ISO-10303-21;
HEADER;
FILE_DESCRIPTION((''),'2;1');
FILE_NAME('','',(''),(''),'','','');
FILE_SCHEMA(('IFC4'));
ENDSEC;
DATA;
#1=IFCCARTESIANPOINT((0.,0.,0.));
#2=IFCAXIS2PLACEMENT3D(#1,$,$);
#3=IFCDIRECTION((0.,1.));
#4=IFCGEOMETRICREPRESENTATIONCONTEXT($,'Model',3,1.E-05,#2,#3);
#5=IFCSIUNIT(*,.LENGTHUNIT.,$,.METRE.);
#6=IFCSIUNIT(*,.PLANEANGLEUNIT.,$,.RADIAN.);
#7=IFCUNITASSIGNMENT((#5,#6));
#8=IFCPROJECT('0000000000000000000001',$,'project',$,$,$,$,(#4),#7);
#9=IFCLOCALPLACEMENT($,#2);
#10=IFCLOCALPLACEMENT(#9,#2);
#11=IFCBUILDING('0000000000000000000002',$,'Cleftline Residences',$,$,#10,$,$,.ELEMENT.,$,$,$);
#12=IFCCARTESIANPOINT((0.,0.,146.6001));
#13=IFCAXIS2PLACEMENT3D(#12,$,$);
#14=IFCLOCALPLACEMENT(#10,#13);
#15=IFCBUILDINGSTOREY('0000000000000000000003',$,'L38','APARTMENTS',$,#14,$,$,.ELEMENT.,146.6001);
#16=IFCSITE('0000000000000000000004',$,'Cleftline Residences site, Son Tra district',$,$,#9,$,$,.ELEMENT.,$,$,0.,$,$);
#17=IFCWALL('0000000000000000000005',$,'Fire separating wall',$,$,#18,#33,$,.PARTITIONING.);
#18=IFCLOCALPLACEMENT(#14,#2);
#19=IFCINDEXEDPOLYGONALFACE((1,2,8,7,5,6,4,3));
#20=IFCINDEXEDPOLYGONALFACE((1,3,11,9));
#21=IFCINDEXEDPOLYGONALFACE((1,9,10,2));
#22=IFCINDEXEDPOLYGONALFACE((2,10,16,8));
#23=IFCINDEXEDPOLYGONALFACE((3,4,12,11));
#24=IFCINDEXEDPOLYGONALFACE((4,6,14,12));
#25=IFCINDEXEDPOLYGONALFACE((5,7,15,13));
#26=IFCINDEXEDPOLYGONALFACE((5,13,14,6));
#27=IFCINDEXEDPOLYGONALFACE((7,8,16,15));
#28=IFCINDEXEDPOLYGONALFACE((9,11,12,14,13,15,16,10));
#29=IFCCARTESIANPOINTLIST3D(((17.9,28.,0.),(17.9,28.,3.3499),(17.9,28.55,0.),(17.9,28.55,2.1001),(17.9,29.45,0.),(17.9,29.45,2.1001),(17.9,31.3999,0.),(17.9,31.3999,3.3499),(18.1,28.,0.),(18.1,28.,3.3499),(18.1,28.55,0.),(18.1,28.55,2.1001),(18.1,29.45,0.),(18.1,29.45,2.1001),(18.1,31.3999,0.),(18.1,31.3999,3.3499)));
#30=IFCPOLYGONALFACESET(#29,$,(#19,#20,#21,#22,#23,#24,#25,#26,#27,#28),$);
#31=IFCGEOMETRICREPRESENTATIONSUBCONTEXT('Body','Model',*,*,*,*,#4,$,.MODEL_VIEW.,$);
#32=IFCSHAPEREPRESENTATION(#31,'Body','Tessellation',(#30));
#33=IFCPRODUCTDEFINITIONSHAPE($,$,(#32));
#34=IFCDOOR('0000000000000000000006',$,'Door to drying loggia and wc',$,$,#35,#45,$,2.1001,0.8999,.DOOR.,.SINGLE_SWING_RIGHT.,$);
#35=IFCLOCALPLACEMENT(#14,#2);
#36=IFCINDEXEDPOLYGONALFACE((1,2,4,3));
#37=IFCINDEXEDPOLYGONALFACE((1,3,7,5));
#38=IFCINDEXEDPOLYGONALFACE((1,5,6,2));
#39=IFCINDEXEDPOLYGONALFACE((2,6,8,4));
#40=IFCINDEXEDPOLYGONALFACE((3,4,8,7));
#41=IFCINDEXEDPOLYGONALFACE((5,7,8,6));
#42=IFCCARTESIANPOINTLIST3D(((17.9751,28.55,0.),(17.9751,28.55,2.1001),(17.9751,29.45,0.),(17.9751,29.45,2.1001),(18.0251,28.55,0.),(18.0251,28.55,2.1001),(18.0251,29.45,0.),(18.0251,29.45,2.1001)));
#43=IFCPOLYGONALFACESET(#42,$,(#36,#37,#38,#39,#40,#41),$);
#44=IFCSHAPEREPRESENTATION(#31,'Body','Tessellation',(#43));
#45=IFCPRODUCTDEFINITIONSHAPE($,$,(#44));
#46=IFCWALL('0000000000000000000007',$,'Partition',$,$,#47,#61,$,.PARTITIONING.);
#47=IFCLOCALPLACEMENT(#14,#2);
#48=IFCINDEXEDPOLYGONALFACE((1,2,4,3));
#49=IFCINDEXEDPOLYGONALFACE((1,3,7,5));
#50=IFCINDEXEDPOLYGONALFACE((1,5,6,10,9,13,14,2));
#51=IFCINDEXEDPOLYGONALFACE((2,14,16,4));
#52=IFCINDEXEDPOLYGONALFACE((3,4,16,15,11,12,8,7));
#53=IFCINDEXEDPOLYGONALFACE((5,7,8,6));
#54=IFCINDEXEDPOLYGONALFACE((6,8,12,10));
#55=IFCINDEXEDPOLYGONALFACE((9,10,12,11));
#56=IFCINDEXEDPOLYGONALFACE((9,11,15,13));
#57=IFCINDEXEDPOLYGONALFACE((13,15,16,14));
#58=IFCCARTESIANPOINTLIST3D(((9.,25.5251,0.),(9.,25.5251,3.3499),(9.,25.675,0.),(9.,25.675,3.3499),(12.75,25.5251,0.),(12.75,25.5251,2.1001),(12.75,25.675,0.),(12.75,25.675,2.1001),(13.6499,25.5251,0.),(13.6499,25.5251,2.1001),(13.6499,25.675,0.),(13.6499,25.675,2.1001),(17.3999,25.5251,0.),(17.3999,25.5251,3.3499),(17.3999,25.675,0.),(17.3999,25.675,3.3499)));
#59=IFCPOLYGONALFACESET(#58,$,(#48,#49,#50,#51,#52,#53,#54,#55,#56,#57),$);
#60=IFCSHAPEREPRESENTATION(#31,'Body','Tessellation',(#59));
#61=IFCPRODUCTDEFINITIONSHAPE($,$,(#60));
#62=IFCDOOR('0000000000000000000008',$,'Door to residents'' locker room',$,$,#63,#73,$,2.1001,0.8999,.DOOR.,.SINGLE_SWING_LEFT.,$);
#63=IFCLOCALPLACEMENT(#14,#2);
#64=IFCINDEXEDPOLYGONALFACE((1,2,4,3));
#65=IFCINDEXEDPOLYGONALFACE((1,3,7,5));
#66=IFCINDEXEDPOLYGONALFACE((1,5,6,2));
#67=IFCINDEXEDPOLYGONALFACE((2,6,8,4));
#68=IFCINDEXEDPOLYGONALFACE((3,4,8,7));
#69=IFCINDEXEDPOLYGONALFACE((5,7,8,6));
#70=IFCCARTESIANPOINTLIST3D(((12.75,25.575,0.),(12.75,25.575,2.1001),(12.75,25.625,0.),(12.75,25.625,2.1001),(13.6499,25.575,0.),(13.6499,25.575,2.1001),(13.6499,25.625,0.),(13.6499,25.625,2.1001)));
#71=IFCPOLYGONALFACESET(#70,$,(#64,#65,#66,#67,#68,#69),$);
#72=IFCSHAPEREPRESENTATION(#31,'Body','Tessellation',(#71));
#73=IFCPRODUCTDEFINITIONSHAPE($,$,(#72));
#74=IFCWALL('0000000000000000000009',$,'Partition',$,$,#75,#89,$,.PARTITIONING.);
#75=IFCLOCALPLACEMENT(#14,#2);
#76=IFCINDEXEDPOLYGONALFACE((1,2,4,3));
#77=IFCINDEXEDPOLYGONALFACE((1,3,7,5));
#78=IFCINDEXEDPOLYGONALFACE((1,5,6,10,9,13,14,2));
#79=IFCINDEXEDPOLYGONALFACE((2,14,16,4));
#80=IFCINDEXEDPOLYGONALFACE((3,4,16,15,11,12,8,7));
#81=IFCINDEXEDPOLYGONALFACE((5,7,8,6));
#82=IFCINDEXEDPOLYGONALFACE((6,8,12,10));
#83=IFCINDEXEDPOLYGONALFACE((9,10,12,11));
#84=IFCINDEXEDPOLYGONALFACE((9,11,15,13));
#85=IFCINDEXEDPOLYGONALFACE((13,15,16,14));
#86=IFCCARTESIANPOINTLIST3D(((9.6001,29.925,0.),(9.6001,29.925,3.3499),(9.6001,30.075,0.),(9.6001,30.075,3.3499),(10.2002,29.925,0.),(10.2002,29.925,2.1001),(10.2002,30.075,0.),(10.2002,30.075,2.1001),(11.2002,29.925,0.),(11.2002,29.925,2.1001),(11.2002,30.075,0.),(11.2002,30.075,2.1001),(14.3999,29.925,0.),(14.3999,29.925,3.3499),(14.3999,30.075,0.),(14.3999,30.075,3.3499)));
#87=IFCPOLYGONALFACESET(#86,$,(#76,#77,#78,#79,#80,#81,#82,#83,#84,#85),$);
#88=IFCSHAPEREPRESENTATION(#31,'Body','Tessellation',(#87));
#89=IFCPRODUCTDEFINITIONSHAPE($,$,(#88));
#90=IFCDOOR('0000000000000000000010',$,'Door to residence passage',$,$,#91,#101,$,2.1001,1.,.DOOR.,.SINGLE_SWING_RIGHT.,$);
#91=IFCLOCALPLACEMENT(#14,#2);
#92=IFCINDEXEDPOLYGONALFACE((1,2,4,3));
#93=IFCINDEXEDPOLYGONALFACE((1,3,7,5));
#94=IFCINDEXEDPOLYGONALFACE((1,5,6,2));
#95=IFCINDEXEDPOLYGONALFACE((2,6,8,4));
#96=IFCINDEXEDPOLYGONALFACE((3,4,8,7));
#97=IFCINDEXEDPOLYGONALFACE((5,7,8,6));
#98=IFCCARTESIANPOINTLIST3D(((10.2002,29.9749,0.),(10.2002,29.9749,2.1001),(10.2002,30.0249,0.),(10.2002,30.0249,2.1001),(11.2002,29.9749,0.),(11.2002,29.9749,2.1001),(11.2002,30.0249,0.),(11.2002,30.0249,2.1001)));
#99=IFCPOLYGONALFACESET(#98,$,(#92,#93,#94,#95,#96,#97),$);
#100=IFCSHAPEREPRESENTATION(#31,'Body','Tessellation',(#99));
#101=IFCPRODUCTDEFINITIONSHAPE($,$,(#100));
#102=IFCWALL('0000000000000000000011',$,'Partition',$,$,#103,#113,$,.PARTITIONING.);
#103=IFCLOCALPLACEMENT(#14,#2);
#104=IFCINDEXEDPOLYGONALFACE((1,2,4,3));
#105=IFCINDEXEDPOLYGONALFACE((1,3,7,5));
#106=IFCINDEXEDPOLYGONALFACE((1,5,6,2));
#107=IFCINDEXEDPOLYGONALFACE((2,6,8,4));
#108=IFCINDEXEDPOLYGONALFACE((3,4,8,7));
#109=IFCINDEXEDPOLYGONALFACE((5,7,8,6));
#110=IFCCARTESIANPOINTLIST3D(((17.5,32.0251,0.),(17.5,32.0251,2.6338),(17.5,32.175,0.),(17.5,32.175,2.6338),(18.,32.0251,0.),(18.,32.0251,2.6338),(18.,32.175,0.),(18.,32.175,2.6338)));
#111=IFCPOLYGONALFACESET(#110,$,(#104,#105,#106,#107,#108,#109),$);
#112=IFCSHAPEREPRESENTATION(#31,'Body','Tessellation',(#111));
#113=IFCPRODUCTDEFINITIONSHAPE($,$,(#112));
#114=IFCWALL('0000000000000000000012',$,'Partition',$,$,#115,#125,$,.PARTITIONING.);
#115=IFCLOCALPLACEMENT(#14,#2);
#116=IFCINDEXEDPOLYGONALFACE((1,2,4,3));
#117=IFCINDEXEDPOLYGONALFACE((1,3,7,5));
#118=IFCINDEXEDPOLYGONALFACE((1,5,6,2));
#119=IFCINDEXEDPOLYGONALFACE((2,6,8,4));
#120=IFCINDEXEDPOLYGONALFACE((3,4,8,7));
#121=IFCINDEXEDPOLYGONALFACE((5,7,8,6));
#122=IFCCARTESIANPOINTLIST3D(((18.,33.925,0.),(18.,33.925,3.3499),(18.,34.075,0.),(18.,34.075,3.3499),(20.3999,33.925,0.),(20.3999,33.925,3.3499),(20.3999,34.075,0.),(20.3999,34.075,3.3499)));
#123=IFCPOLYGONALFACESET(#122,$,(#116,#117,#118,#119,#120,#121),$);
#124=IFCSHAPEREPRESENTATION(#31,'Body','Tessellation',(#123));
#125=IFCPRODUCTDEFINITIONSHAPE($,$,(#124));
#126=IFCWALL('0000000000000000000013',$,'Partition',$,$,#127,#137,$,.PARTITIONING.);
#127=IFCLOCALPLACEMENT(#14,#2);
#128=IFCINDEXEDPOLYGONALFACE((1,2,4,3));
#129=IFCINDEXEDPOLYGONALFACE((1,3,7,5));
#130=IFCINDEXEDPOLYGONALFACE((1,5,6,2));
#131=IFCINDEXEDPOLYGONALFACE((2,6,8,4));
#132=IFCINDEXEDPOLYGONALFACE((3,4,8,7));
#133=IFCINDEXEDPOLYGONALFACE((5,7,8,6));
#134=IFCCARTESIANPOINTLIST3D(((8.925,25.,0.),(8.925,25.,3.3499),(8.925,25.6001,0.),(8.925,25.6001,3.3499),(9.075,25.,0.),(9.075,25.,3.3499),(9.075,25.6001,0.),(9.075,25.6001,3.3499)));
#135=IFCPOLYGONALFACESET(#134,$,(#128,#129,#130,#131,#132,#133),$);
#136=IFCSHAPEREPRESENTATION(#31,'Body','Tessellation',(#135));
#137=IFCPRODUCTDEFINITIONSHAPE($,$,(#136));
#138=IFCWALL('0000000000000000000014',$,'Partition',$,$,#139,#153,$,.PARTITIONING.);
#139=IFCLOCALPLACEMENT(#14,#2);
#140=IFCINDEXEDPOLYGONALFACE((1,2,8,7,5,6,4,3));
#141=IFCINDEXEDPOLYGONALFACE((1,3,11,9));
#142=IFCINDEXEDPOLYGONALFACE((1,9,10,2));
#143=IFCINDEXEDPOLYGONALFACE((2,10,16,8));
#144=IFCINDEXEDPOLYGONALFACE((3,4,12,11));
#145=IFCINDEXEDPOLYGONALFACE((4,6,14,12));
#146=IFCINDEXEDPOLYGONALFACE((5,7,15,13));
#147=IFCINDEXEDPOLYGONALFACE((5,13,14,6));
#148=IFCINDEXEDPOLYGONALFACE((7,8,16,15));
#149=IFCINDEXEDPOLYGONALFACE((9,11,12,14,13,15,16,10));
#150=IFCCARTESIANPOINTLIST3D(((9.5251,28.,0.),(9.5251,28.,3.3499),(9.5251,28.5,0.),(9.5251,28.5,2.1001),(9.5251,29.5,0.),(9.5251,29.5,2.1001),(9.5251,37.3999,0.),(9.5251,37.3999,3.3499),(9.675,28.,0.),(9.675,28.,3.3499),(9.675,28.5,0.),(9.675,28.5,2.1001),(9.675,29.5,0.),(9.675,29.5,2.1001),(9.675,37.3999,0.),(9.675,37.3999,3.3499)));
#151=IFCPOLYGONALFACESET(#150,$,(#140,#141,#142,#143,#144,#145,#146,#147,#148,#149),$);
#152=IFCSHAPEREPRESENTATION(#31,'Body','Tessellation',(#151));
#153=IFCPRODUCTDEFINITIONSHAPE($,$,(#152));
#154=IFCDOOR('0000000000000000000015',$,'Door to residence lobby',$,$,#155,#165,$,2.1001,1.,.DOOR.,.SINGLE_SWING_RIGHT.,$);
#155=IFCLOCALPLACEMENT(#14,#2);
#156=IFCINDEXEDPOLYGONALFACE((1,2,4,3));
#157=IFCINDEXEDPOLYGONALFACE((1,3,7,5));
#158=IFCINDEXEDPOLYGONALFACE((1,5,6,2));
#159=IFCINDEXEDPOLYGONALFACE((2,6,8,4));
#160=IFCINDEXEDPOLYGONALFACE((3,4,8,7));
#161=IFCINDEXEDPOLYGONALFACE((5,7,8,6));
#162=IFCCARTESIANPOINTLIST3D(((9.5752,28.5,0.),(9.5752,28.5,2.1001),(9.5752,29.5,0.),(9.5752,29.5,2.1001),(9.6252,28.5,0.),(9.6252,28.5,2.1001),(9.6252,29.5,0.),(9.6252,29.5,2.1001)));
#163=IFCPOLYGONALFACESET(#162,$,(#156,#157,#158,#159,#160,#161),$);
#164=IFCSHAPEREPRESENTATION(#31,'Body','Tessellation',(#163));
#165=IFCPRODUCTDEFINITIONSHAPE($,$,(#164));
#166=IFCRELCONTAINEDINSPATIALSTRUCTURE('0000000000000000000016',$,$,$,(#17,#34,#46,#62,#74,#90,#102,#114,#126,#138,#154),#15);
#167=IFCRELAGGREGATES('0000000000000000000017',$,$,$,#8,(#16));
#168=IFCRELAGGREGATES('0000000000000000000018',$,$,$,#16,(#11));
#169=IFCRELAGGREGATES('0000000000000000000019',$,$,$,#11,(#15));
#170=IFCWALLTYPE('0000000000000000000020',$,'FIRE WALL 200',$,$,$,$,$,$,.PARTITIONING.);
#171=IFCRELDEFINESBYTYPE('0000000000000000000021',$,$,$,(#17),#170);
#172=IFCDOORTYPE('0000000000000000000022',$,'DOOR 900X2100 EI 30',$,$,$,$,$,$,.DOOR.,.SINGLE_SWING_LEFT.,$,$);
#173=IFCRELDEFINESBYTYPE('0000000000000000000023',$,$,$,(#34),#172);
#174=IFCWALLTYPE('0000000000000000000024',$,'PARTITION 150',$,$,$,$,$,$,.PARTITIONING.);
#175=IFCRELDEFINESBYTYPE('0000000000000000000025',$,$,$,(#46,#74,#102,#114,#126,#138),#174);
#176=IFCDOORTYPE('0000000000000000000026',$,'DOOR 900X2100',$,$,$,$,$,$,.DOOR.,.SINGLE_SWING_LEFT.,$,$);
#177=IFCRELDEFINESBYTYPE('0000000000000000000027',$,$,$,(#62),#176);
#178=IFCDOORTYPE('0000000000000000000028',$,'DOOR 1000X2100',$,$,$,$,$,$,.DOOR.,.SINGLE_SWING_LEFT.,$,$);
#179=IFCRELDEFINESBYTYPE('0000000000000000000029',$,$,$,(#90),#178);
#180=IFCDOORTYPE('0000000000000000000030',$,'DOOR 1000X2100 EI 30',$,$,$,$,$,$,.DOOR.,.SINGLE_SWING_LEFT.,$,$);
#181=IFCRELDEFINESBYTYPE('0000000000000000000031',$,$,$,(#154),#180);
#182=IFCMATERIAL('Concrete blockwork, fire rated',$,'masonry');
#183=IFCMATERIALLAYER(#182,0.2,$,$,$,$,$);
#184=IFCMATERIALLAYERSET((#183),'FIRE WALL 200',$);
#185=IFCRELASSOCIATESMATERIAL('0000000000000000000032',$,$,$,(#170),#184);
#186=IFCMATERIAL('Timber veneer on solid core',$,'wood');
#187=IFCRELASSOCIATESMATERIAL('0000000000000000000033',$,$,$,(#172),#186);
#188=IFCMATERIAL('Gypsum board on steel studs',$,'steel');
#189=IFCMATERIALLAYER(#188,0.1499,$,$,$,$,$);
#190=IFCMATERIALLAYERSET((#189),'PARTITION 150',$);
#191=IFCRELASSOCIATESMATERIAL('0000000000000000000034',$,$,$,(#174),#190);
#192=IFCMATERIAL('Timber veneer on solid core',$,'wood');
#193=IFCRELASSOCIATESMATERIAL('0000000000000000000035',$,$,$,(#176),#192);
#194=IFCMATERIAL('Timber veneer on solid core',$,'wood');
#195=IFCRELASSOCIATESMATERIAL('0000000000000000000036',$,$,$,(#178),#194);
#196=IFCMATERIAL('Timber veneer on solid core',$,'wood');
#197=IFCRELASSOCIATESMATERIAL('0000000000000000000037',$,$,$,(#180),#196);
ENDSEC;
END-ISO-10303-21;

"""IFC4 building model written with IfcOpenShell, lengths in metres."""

from ifc_helpers import new_model, si_unit, direction, frame, frame_2d, origin, place, context, subcontext, project, spatial, rectangle, extrude, material, layer, layer_set, type_object, element, fill, save


model = new_model("IFC4")

# Units and contexts
model_context = context("Model", 3, precision=1e-05, world=origin(), true_north=direction((0.0, 1.0)))
body_context = subcontext(model_context, "Body", "Model", "MODEL_VIEW")
ifc_project = project(units=[si_unit("LENGTHUNIT", "METRE"), si_unit("PLANEANGLEUNIT", "RADIAN")], contexts=[model_context])

# Site, building, storey
site_placement = place(None, origin())
site = spatial("IfcSite", under=ifc_project, at=site_placement, Name="Cleftline Residences site, Son Tra district", CompositionType="ELEMENT", RefElevation=0.0)
building_placement = place(site_placement, origin())
building = spatial("IfcBuilding", under=site, at=building_placement, Name="Cleftline Residences", CompositionType="ELEMENT")
storey_placement = place(building_placement, frame((0.0, 0.0, 146.6001)))
storey = spatial("IfcBuildingStorey", under=building, at=storey_placement, Name="L38", Description="APARTMENTS", CompositionType="ELEMENT", Elevation=146.6001)

# Shared definitions
ifc_material_1 = material(Name="Concrete blockwork, fire rated", Category="masonry")
ifc_layer_1 = layer(ifc_material_1, 0.2)
ifc_layer_set_1 = layer_set([ifc_layer_1], Name="FIRE WALL 200")
wall_type_1 = type_object("IfcWallType", Name="FIRE WALL 200", PredefinedType="PARTITIONING", material=ifc_layer_set_1)

# Walls, openings, doors
wall_1_placement = place(storey_placement, frame((18.0, 28.0, 0.0), z_axis=(0.0, 0.0, 1.0), x_axis=(0.0, 1.0, 0.0)))
wall_1 = element("IfcWall", 1, at=wall_1_placement, inside=storey, type_object=wall_type_1, Name="Fire separating wall", PredefinedType="PARTITIONING", context=body_context, shape_type="SweptSolid", body=[
    extrude(rectangle(XDim=3.3999, YDim=0.2, at=frame_2d((1.7, 0.0))), origin(), (0.0, 0.0, 1.0), 3.3499),
])
opening_1_placement = place(wall_1_placement, frame((0.55, 0.0, 0.0)))
opening_1 = element("IfcOpeningElement", 2, at=opening_1_placement, cuts=wall_1, PredefinedType="OPENING", context=body_context, shape_type="SweptSolid", body=[
    extrude(rectangle(XDim=0.8999, YDim=2.1001, at=frame_2d((0.45, 1.05))), frame((0.0, 0.1099, 0.0), z_axis=(0.0, -1.0, 0.0), x_axis=(1.0, 0.0, 0.0)), (0.0, 0.0, 1.0), 0.22),
])
ifc_material_2 = material(Name="Timber veneer on solid core", Category="wood")
door_type_1 = type_object("IfcDoorType", Name="DOOR 900X2100 EI 30", OperationType="SINGLE_SWING_LEFT", PredefinedType="DOOR", material=ifc_material_2)
door_1_placement = place(opening_1_placement, origin())
door_1 = element("IfcDoor", 3, at=door_1_placement, inside=storey, type_object=door_type_1, Name="Door to drying loggia and wc", OperationType="SINGLE_SWING_RIGHT", OverallHeight=2.1001, OverallWidth=0.8999, PredefinedType="DOOR", context=body_context, shape_type="SweptSolid", body=[
    extrude(rectangle(XDim=0.8999, YDim=2.1001, at=frame_2d((0.45, 1.05))), frame((0.0, 0.0249, 0.0), z_axis=(0.0, -1.0, 0.0), x_axis=(1.0, 0.0, 0.0)), (0.0, 0.0, 1.0), 0.05),
])
fill(opening_1, door_1)
ifc_material_3 = material(Name="Gypsum board on steel studs", Category="steel")
ifc_layer_2 = layer(ifc_material_3, 0.1499)
ifc_layer_set_2 = layer_set([ifc_layer_2], Name="PARTITION 150")
wall_type_2 = type_object("IfcWallType", Name="PARTITION 150", PredefinedType="PARTITIONING", material=ifc_layer_set_2)
wall_2_placement = place(storey_placement, frame((9.0, 25.6001, 0.0), z_axis=(0.0, 0.0, 1.0), x_axis=(1.0, 0.0, 0.0)))
wall_2 = element("IfcWall", 4, at=wall_2_placement, inside=storey, type_object=wall_type_2, Name="Partition", PredefinedType="PARTITIONING", context=body_context, shape_type="SweptSolid", body=[
    extrude(rectangle(XDim=8.3999, YDim=0.1499, at=frame_2d((4.2, 0.0))), origin(), (0.0, 0.0, 1.0), 3.3499),
])
opening_2_placement = place(wall_2_placement, frame((3.75, 0.0, 0.0)))
opening_2 = element("IfcOpeningElement", 5, at=opening_2_placement, cuts=wall_2, PredefinedType="OPENING", context=body_context, shape_type="SweptSolid", body=[
    extrude(rectangle(XDim=0.8999, YDim=2.1001, at=frame_2d((0.45, 1.05))), frame((0.0, 0.085, 0.0), z_axis=(0.0, -1.0, 0.0), x_axis=(1.0, 0.0, 0.0)), (0.0, 0.0, 1.0), 0.1699),
])
ifc_material_4 = material(Name="Timber veneer on solid core", Category="wood")
door_type_2 = type_object("IfcDoorType", Name="DOOR 900X2100", OperationType="SINGLE_SWING_LEFT", PredefinedType="DOOR", material=ifc_material_4)
door_2_placement = place(opening_2_placement, origin())
door_2 = element("IfcDoor", 6, at=door_2_placement, inside=storey, type_object=door_type_2, Name="Door to residents' locker room", OperationType="SINGLE_SWING_LEFT", OverallHeight=2.1001, OverallWidth=0.8999, PredefinedType="DOOR", context=body_context, shape_type="SweptSolid", body=[
    extrude(rectangle(XDim=0.8999, YDim=2.1001, at=frame_2d((0.45, 1.05))), frame((0.0, 0.0249, 0.0), z_axis=(0.0, -1.0, 0.0), x_axis=(1.0, 0.0, 0.0)), (0.0, 0.0, 1.0), 0.05),
])
fill(opening_2, door_2)
wall_3_placement = place(storey_placement, frame((9.6001, 30.0, 0.0), z_axis=(0.0, 0.0, 1.0), x_axis=(1.0, 0.0, 0.0)))
wall_3 = element("IfcWall", 7, at=wall_3_placement, inside=storey, type_object=wall_type_2, Name="Partition", PredefinedType="PARTITIONING", context=body_context, shape_type="SweptSolid", body=[
    extrude(rectangle(XDim=4.7998, YDim=0.1499, at=frame_2d((2.3999, 0.0))), origin(), (0.0, 0.0, 1.0), 3.3499),
])
opening_3_placement = place(wall_3_placement, frame((0.6001, 0.0, 0.0)))
opening_3 = element("IfcOpeningElement", 8, at=opening_3_placement, cuts=wall_3, PredefinedType="OPENING", context=body_context, shape_type="SweptSolid", body=[
    extrude(rectangle(XDim=1.0, YDim=2.1001, at=frame_2d((0.5, 1.05))), frame((0.0, 0.085, 0.0), z_axis=(0.0, -1.0, 0.0), x_axis=(1.0, 0.0, 0.0)), (0.0, 0.0, 1.0), 0.1699),
])
ifc_material_5 = material(Name="Timber veneer on solid core", Category="wood")
door_type_3 = type_object("IfcDoorType", Name="DOOR 1000X2100", OperationType="SINGLE_SWING_LEFT", PredefinedType="DOOR", material=ifc_material_5)
door_3_placement = place(opening_3_placement, origin())
door_3 = element("IfcDoor", 9, at=door_3_placement, inside=storey, type_object=door_type_3, Name="Door to residence passage", OperationType="SINGLE_SWING_RIGHT", OverallHeight=2.1001, OverallWidth=1.0, PredefinedType="DOOR", context=body_context, shape_type="SweptSolid", body=[
    extrude(rectangle(XDim=1.0, YDim=2.1001, at=frame_2d((0.5, 1.05))), frame((0.0, 0.0249, 0.0), z_axis=(0.0, -1.0, 0.0), x_axis=(1.0, 0.0, 0.0)), (0.0, 0.0, 1.0), 0.05),
])
fill(opening_3, door_3)

# Walls
wall_4_placement = place(storey_placement, frame((17.5, 32.1001, 0.0), z_axis=(0.0, 0.0, 1.0), x_axis=(1.0, 0.0, 0.0)))
element("IfcWall", 10, at=wall_4_placement, inside=storey, type_object=wall_type_2, Name="Partition", PredefinedType="PARTITIONING", context=body_context, shape_type="SweptSolid", body=[
    extrude(rectangle(XDim=0.5, YDim=0.1499, at=frame_2d((0.25, 0.0))), origin(), (0.0, 0.0, 1.0), 2.6338),
])
wall_5_placement = place(storey_placement, frame((18.0, 34.0, 0.0), z_axis=(0.0, 0.0, 1.0), x_axis=(1.0, 0.0, 0.0)))
element("IfcWall", 11, at=wall_5_placement, inside=storey, type_object=wall_type_2, Name="Partition", PredefinedType="PARTITIONING", context=body_context, shape_type="SweptSolid", body=[
    extrude(rectangle(XDim=2.3999, YDim=0.1499, at=frame_2d((1.2, 0.0))), origin(), (0.0, 0.0, 1.0), 3.3499),
])
wall_6_placement = place(storey_placement, frame((9.0, 25.0, 0.0), z_axis=(0.0, 0.0, 1.0), x_axis=(0.0, 1.0, 0.0)))
element("IfcWall", 12, at=wall_6_placement, inside=storey, type_object=wall_type_2, Name="Partition", PredefinedType="PARTITIONING", context=body_context, shape_type="SweptSolid", body=[
    extrude(rectangle(XDim=0.6001, YDim=0.1499, at=frame_2d((0.3, 0.0))), origin(), (0.0, 0.0, 1.0), 3.3499),
])

# Wall, opening, door
wall_7_placement = place(storey_placement, frame((9.6001, 28.0, 0.0), z_axis=(0.0, 0.0, 1.0), x_axis=(0.0, 1.0, 0.0)))
wall_7 = element("IfcWall", 13, at=wall_7_placement, inside=storey, type_object=wall_type_2, Name="Partition", PredefinedType="PARTITIONING", context=body_context, shape_type="SweptSolid", body=[
    extrude(rectangle(XDim=9.3999, YDim=0.1499, at=frame_2d((4.7, 0.0))), origin(), (0.0, 0.0, 1.0), 3.3499),
])
opening_4_placement = place(wall_7_placement, frame((0.5, 0.0, 0.0)))
opening_4 = element("IfcOpeningElement", 14, at=opening_4_placement, cuts=wall_7, PredefinedType="OPENING", context=body_context, shape_type="SweptSolid", body=[
    extrude(rectangle(XDim=1.0, YDim=2.1001, at=frame_2d((0.5, 1.05))), frame((0.0, 0.085, 0.0), z_axis=(0.0, -1.0, 0.0), x_axis=(1.0, 0.0, 0.0)), (0.0, 0.0, 1.0), 0.1699),
])
ifc_material_6 = material(Name="Timber veneer on solid core", Category="wood")
door_type_4 = type_object("IfcDoorType", Name="DOOR 1000X2100 EI 30", OperationType="SINGLE_SWING_LEFT", PredefinedType="DOOR", material=ifc_material_6)
door_4_placement = place(opening_4_placement, origin())
door_4 = element("IfcDoor", 15, at=door_4_placement, inside=storey, type_object=door_type_4, Name="Door to residence lobby", OperationType="SINGLE_SWING_RIGHT", OverallHeight=2.1001, OverallWidth=1.0, PredefinedType="DOOR", context=body_context, shape_type="SweptSolid", body=[
    extrude(rectangle(XDim=1.0, YDim=2.1001, at=frame_2d((0.5, 1.05))), frame((0.0, 0.0249, 0.0), z_axis=(0.0, -1.0, 0.0), x_axis=(1.0, 0.0, 0.0)), (0.0, 0.0, 1.0), 0.05),
])
fill(opening_4, door_4)

save(model, "model.ifc")
